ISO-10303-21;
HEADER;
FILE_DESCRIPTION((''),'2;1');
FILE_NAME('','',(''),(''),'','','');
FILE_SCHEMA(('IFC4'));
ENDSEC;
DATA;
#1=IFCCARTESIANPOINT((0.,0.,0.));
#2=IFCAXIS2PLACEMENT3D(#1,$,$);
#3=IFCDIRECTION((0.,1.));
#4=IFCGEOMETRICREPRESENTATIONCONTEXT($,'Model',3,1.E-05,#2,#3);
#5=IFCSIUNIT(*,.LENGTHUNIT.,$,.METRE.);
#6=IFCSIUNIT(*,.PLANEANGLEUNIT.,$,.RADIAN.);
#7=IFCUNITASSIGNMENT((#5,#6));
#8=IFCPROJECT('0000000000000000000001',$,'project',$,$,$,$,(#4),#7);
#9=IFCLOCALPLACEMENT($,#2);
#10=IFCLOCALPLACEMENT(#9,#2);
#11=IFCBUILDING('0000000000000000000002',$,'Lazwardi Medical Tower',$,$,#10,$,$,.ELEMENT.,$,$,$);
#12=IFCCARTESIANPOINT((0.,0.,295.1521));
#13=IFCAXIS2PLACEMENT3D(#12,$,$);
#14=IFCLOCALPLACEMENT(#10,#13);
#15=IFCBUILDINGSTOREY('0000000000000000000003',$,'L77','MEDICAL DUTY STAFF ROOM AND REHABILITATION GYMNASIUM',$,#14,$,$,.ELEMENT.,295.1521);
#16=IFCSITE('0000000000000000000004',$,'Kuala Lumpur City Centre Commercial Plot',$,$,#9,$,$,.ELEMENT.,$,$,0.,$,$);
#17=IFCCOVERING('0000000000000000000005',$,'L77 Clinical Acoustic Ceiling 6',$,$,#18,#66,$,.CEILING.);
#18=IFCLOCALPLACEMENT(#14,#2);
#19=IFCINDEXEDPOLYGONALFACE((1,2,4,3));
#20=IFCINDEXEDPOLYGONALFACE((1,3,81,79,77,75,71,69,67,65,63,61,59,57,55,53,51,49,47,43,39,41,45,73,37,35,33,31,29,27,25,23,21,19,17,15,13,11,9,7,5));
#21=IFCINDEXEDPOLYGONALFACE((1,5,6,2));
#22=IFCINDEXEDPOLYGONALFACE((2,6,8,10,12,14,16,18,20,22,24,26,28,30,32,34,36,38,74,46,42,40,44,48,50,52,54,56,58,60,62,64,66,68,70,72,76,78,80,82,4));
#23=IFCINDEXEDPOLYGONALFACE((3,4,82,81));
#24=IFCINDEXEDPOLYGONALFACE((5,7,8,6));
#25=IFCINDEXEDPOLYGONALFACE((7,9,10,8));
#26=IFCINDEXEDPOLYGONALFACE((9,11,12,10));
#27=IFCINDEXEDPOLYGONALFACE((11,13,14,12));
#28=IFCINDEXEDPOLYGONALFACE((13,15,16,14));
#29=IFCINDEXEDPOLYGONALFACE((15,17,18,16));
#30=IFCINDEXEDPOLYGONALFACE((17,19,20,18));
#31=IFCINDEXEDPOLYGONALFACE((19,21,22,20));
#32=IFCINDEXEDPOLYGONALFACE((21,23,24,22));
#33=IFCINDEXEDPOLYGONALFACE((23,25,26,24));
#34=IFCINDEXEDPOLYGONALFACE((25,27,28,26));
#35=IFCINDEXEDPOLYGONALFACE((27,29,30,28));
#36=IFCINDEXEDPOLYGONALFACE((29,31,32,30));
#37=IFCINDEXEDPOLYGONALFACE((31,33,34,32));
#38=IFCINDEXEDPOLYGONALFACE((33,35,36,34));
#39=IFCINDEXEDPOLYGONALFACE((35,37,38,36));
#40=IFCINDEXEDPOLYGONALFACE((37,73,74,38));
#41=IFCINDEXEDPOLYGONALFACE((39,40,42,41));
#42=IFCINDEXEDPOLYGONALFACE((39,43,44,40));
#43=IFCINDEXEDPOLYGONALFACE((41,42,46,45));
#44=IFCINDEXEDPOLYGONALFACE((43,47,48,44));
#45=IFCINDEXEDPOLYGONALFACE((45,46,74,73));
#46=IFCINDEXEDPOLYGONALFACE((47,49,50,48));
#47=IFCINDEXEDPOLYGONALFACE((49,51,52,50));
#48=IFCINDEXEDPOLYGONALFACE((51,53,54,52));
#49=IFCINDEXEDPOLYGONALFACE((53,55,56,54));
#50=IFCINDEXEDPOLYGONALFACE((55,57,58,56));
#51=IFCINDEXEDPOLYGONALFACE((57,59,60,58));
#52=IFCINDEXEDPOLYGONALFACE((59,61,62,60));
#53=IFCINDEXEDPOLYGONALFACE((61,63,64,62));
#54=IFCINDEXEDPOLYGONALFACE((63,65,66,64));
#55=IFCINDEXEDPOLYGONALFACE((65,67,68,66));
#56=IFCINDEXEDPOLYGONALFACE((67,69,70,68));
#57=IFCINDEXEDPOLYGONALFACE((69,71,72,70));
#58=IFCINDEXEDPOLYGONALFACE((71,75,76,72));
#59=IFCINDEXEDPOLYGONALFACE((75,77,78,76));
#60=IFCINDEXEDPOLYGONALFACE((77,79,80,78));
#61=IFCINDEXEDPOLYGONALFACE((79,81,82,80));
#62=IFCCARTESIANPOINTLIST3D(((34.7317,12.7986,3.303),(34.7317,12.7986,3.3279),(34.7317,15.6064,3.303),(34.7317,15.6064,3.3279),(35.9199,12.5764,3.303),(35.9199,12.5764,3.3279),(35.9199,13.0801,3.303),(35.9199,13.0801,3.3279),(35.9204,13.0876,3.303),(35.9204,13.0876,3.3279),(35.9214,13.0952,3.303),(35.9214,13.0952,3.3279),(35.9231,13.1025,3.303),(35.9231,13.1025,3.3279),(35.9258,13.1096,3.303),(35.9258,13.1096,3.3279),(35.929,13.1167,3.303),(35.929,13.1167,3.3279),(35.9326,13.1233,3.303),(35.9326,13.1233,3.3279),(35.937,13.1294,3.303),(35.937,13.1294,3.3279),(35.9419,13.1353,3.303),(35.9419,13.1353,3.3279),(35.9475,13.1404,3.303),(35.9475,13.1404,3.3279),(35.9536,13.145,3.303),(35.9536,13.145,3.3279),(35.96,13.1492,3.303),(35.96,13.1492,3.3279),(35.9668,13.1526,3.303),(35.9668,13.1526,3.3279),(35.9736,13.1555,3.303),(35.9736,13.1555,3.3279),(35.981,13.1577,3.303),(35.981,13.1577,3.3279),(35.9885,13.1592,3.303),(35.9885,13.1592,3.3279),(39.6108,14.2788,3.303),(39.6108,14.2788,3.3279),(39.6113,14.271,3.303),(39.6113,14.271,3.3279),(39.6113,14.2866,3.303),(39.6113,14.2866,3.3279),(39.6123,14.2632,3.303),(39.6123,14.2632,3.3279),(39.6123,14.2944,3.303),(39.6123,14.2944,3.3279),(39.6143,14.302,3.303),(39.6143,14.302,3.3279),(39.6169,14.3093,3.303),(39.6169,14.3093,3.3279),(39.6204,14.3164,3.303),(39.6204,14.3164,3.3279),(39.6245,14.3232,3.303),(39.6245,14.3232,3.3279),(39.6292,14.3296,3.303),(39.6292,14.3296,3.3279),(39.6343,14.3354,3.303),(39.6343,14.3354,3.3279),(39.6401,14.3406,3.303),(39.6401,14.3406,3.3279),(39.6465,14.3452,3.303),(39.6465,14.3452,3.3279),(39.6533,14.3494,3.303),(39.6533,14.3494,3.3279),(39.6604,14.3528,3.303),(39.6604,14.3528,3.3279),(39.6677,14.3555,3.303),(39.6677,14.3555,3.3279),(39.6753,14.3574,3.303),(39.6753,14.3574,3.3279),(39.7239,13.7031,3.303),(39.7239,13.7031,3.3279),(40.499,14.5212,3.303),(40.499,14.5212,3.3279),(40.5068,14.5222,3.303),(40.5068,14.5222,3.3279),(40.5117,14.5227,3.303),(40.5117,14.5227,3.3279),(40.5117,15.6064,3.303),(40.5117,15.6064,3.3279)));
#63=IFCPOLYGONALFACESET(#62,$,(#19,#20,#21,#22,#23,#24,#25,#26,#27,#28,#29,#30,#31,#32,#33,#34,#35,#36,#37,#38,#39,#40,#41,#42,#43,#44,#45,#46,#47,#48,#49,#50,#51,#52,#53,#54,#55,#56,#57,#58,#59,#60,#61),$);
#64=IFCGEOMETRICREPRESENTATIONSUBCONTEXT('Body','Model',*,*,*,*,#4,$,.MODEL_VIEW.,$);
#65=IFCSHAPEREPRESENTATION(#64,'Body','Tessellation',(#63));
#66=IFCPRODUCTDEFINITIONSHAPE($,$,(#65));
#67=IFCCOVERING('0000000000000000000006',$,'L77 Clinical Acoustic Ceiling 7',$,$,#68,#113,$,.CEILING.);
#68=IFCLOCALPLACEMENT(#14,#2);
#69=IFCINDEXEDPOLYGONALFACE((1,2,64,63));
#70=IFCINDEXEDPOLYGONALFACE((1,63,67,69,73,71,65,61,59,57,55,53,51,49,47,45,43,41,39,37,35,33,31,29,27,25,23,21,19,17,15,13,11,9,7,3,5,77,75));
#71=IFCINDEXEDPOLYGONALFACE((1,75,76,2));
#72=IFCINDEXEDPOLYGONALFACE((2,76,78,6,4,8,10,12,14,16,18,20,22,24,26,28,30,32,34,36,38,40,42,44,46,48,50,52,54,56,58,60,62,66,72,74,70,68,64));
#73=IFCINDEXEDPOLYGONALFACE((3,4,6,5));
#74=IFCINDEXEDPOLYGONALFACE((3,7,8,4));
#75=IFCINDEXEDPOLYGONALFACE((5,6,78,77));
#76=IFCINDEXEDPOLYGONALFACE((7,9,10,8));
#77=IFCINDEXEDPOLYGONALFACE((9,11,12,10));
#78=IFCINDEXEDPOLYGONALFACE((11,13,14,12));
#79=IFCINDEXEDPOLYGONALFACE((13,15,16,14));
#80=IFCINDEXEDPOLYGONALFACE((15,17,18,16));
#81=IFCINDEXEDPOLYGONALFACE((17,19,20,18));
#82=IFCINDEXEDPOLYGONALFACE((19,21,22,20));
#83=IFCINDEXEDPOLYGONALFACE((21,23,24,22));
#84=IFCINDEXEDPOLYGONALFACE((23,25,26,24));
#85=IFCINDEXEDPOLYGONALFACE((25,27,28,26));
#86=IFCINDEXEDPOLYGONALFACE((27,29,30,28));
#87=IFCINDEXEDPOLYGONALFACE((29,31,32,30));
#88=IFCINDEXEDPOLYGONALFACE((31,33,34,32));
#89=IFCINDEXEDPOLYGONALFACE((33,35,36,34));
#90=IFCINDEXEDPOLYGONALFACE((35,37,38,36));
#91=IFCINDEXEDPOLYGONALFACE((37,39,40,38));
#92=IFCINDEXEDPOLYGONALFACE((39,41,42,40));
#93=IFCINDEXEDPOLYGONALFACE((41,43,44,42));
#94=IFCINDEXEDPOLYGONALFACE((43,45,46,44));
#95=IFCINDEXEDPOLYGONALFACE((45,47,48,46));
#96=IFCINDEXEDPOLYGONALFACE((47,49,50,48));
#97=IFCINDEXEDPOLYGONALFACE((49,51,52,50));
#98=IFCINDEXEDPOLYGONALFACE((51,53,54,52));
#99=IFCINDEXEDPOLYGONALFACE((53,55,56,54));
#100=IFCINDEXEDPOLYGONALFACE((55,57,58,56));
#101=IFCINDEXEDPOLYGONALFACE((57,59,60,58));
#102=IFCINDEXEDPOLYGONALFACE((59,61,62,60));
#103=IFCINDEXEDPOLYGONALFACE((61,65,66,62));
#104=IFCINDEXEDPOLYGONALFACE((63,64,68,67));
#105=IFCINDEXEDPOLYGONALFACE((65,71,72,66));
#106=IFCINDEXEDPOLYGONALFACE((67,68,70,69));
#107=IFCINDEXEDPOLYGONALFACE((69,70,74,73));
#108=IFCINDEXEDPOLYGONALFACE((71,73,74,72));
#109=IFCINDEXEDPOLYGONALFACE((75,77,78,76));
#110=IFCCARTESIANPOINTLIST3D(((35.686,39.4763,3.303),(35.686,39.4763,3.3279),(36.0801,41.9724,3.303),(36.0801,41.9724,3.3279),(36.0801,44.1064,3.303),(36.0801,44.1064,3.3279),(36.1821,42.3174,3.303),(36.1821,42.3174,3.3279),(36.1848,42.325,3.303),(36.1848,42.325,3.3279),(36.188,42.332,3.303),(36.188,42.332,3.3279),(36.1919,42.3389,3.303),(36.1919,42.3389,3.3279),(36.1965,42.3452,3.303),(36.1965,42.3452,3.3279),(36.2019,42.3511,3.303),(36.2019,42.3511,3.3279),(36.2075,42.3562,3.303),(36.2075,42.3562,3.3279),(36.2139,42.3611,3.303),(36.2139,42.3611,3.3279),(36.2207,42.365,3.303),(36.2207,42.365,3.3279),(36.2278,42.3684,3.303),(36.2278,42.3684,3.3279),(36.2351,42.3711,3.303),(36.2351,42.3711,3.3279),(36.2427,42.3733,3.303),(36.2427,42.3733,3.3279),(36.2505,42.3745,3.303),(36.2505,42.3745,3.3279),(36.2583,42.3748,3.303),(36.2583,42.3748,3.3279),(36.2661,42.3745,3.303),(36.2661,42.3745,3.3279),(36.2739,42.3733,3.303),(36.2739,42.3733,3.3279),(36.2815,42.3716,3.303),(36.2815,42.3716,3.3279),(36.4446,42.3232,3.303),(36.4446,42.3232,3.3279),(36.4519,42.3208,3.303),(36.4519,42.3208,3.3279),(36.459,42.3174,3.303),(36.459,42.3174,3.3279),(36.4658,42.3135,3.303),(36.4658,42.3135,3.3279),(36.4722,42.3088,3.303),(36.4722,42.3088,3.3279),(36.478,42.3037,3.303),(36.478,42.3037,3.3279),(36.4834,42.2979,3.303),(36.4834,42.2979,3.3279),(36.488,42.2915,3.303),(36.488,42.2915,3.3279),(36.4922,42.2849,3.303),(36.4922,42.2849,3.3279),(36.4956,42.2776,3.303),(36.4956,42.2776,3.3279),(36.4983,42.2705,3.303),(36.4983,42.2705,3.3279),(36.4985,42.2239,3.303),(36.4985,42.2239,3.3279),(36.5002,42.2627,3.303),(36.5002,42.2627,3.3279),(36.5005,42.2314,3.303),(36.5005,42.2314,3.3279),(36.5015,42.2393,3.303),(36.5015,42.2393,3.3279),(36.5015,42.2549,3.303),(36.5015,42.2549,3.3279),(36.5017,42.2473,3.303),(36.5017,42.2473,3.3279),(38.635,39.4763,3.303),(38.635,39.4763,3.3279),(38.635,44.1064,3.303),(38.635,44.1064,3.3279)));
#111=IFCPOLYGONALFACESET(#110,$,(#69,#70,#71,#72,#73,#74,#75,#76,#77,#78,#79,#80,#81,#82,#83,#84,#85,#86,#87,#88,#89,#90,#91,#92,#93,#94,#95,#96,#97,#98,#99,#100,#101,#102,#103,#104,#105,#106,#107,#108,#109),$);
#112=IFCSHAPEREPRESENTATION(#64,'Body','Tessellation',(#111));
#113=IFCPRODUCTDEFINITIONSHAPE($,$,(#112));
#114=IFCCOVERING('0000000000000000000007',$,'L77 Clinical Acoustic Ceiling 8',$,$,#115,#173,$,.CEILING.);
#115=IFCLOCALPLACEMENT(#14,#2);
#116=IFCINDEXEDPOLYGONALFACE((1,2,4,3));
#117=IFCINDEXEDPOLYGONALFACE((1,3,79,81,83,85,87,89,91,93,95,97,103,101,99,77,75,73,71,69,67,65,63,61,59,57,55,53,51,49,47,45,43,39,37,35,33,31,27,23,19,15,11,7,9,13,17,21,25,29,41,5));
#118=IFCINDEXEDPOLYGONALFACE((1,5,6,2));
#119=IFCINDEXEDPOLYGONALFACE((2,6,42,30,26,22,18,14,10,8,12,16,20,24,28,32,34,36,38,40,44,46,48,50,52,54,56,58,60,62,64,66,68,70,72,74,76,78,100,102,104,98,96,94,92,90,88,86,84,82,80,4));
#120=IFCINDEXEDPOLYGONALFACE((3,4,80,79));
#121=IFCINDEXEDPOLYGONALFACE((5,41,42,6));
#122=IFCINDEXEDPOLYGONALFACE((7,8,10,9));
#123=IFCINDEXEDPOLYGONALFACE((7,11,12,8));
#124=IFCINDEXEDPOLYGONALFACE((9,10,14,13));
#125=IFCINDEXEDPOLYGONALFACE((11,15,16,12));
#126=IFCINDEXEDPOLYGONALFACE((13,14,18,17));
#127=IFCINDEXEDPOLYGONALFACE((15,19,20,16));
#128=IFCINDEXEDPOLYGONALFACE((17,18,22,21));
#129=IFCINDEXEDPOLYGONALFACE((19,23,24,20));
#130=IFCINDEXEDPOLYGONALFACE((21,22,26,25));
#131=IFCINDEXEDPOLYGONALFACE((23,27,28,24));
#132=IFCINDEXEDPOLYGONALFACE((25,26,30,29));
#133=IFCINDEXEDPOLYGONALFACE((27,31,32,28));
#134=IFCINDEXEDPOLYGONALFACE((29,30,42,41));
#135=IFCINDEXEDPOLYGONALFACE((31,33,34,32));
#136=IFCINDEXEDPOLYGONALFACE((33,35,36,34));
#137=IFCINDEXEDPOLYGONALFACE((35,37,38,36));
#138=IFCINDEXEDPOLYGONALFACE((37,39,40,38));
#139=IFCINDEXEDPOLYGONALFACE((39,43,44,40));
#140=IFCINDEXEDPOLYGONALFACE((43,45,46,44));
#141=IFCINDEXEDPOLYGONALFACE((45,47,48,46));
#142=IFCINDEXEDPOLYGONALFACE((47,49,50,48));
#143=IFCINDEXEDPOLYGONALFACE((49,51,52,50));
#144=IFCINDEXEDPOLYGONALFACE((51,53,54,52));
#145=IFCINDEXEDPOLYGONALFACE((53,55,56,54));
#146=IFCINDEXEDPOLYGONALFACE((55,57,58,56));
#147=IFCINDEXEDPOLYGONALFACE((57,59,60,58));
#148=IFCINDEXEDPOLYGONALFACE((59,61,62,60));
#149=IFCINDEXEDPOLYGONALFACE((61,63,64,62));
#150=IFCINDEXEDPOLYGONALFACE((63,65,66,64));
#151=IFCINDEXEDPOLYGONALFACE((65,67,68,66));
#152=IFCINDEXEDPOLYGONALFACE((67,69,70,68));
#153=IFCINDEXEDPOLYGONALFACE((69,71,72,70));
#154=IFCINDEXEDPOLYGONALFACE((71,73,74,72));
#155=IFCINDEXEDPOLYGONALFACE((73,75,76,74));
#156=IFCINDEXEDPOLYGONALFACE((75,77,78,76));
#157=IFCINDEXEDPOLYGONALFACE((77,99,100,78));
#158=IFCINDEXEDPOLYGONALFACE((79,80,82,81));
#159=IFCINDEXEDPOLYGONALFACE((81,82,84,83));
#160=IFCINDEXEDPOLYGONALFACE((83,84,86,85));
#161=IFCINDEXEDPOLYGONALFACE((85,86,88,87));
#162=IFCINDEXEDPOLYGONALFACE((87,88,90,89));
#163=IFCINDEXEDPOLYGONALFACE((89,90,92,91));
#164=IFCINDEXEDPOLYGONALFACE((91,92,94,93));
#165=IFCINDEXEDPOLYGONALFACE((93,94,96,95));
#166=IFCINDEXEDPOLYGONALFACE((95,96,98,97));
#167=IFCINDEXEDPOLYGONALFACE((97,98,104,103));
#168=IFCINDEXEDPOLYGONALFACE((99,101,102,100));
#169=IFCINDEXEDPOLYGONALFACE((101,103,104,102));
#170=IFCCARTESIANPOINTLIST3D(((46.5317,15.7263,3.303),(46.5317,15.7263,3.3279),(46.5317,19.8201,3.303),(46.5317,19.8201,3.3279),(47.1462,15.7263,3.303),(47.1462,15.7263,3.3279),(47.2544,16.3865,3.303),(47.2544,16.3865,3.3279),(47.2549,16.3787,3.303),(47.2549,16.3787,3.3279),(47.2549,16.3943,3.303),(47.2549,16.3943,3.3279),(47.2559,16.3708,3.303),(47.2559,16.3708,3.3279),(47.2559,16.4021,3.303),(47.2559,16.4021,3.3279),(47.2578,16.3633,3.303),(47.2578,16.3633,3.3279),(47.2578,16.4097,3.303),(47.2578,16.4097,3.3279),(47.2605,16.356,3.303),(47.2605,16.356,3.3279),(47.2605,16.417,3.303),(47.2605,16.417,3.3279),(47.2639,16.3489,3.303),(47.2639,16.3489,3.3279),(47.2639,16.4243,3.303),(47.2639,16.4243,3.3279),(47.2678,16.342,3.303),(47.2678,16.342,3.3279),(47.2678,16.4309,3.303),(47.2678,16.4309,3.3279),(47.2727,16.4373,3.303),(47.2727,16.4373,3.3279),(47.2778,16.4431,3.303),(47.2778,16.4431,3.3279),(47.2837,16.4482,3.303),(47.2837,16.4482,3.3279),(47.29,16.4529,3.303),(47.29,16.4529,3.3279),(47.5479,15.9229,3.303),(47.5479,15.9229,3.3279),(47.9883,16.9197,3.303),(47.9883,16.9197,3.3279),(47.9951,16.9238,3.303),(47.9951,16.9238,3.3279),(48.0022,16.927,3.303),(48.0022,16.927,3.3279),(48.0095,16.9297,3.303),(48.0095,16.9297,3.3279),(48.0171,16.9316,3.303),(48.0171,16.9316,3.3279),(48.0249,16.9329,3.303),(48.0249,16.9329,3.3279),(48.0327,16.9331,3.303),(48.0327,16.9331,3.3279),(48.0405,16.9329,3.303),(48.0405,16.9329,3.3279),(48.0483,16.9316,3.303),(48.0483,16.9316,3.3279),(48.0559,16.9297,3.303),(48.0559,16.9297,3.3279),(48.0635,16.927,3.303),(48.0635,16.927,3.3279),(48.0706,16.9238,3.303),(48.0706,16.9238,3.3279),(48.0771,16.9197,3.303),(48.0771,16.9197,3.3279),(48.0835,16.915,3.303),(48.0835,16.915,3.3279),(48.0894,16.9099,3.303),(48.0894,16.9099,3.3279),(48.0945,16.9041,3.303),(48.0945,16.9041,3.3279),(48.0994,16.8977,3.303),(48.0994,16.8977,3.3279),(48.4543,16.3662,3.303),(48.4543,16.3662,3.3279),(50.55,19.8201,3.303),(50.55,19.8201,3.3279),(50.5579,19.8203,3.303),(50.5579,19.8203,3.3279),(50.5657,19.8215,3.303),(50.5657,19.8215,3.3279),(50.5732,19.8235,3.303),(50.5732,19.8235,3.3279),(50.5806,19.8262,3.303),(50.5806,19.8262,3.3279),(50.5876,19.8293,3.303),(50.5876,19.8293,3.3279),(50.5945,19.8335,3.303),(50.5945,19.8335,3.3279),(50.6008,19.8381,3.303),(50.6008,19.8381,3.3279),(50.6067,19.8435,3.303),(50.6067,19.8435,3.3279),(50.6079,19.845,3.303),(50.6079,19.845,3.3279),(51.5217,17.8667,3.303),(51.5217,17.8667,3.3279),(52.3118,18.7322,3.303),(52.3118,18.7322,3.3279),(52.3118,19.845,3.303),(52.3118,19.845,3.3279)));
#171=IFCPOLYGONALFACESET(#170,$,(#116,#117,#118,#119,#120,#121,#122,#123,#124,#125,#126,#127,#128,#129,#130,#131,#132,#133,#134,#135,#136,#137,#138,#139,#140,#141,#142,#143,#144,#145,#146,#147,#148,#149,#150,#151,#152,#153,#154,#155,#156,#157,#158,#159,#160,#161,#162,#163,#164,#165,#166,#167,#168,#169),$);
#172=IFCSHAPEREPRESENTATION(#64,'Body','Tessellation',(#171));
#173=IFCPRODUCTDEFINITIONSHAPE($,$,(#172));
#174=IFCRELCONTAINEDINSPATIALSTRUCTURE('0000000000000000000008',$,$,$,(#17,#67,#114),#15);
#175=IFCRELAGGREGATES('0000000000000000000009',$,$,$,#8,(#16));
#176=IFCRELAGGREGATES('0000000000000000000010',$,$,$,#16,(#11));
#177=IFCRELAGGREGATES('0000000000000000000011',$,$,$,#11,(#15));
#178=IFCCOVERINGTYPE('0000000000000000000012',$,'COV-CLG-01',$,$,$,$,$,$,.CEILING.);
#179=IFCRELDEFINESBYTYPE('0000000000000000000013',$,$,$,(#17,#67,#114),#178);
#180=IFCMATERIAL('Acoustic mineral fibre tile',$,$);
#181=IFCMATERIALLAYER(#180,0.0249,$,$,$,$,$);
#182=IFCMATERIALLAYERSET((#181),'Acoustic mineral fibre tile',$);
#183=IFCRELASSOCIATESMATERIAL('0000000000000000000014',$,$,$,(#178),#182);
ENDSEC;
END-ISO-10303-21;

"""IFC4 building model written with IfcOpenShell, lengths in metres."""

from ifc_helpers import new_model, si_unit, direction, frame, origin, place, context, subcontext, project, spatial, polyline, outline, extrude, material, layer, layer_set, type_object, element, save


model = new_model("IFC4")

# Units and contexts
model_context = context("Model", 3, precision=1e-05, world=origin(), true_north=direction((0.0, 1.0)))
body_context = subcontext(model_context, "Body", "Model", "MODEL_VIEW")
ifc_project = project(units=[si_unit("LENGTHUNIT", "METRE"), si_unit("PLANEANGLEUNIT", "RADIAN")], contexts=[model_context])

# Site, building, storey
site_placement = place(None, origin())
site = spatial("IfcSite", under=ifc_project, at=site_placement, Name="Kuala Lumpur City Centre Commercial Plot", CompositionType="ELEMENT", RefElevation=0.0)
building_placement = place(site_placement, origin())
building = spatial("IfcBuilding", under=site, at=building_placement, Name="Lazwardi Medical Tower", CompositionType="ELEMENT")
storey_placement = place(building_placement, frame((0.0, 0.0, 295.1521)))
storey = spatial("IfcBuildingStorey", under=building, at=storey_placement, Name="L77", Description="MEDICAL DUTY STAFF ROOM AND REHABILITATION GYMNASIUM", CompositionType="ELEMENT", Elevation=295.1521)

# Coverings
ifc_material_1 = material(Name="Acoustic mineral fibre tile")
ifc_layer_1 = layer(ifc_material_1, 0.0249)
ifc_layer_set_1 = layer_set([ifc_layer_1], Name="Acoustic mineral fibre tile")
covering_type_1 = type_object("IfcCoveringType", Name="COV-CLG-01", PredefinedType="CEILING", material=ifc_layer_set_1)
covering_1_placement = place(storey_placement, frame((0.0, 0.0, 3.303)))
element("IfcCovering", 1, at=covering_1_placement, inside=storey, type_object=covering_type_1, Name="L77 Clinical Acoustic Ceiling 6", PredefinedType="CEILING", context=body_context, shape_type="SweptSolid", body=[
    extrude(outline(polyline([(34.7317, 12.7986), (35.9199, 12.5764), (35.9199, 13.0801), (35.9204, 13.0876), (35.9214, 13.0952), (35.9231, 13.1025), (35.9258, 13.1096), (35.929, 13.1167), (35.9326, 13.1233), (35.937, 13.1294), (35.9419, 13.1353), (35.9475, 13.1404), (35.9536, 13.145), (35.96, 13.1492), (35.9668, 13.1526), (35.9736, 13.1555), (35.981, 13.1577), (35.9885, 13.1592), (39.7239, 13.7031), (39.6123, 14.2632), (39.6113, 14.271), (39.6108, 14.2788), (39.6113, 14.2866), (39.6123, 14.2944), (39.6143, 14.302), (39.6169, 14.3093), (39.6204, 14.3164), (39.6245, 14.3232), (39.6292, 14.3296), (39.6343, 14.3354), (39.6401, 14.3406), (39.6465, 14.3452), (39.6533, 14.3494), (39.6604, 14.3528), (39.6677, 14.3555), (39.6753, 14.3574), (40.499, 14.5212), (40.5068, 14.5222), (40.5117, 14.5227), (40.5117, 15.6064), (34.7317, 15.6064), (34.7317, 12.7986)])), origin(), (0.0, 0.0, 1.0), 0.0249),
])
covering_2_placement = place(storey_placement, frame((0.0, 0.0, 3.303)))
element("IfcCovering", 2, at=covering_2_placement, inside=storey, type_object=covering_type_1, Name="L77 Clinical Acoustic Ceiling 7", PredefinedType="CEILING", context=body_context, shape_type="SweptSolid", body=[
    extrude(outline(polyline([(36.0801, 44.1064), (36.0801, 41.9724), (36.1821, 42.3174), (36.1848, 42.325), (36.188, 42.332), (36.1919, 42.3389), (36.1965, 42.3452), (36.2019, 42.3511), (36.2075, 42.3562), (36.2139, 42.3611), (36.2207, 42.365), (36.2278, 42.3684), (36.2351, 42.3711), (36.2427, 42.3733), (36.2505, 42.3745), (36.2583, 42.3748), (36.2661, 42.3745), (36.2739, 42.3733), (36.2815, 42.3716), (36.4446, 42.3232), (36.4519, 42.3208), (36.459, 42.3174), (36.4658, 42.3135), (36.4722, 42.3088), (36.478, 42.3037), (36.4834, 42.2979), (36.488, 42.2915), (36.4922, 42.2849), (36.4956, 42.2776), (36.4983, 42.2705), (36.5002, 42.2627), (36.5015, 42.2549), (36.5017, 42.2473), (36.5015, 42.2393), (36.5005, 42.2314), (36.4985, 42.2239), (35.686, 39.4763), (38.635, 39.4763), (38.635, 44.1064), (36.0801, 44.1064)])), origin(), (0.0, 0.0, 1.0), 0.0249),
])
covering_3_placement = place(storey_placement, frame((0.0, 0.0, 3.303)))
element("IfcCovering", 3, at=covering_3_placement, inside=storey, type_object=covering_type_1, Name="L77 Clinical Acoustic Ceiling 8", PredefinedType="CEILING", context=body_context, shape_type="SweptSolid", body=[
    extrude(outline(polyline([(52.3118, 19.845), (50.6079, 19.845), (50.6067, 19.8435), (50.6008, 19.8381), (50.5945, 19.8335), (50.5876, 19.8293), (50.5806, 19.8262), (50.5732, 19.8235), (50.5657, 19.8215), (50.5579, 19.8203), (50.55, 19.8201), (46.5317, 19.8201), (46.5317, 15.7263), (47.1462, 15.7263), (47.5479, 15.9229), (47.2678, 16.342), (47.2639, 16.3489), (47.2605, 16.356), (47.2578, 16.3633), (47.2559, 16.3708), (47.2549, 16.3787), (47.2544, 16.3865), (47.2549, 16.3943), (47.2559, 16.4021), (47.2578, 16.4097), (47.2605, 16.417), (47.2639, 16.4243), (47.2678, 16.4309), (47.2727, 16.4373), (47.2778, 16.4431), (47.2837, 16.4482), (47.29, 16.4529), (47.9883, 16.9197), (47.9951, 16.9238), (48.0022, 16.927), (48.0095, 16.9297), (48.0171, 16.9316), (48.0249, 16.9329), (48.0327, 16.9331), (48.0405, 16.9329), (48.0483, 16.9316), (48.0559, 16.9297), (48.0635, 16.927), (48.0706, 16.9238), (48.0771, 16.9197), (48.0835, 16.915), (48.0894, 16.9099), (48.0945, 16.9041), (48.0994, 16.8977), (48.4543, 16.3662), (51.5217, 17.8667), (52.3118, 18.7322), (52.3118, 19.845)])), origin(), (0.0, 0.0, 1.0), 0.0249),
])

save(model, "model.ifc")
